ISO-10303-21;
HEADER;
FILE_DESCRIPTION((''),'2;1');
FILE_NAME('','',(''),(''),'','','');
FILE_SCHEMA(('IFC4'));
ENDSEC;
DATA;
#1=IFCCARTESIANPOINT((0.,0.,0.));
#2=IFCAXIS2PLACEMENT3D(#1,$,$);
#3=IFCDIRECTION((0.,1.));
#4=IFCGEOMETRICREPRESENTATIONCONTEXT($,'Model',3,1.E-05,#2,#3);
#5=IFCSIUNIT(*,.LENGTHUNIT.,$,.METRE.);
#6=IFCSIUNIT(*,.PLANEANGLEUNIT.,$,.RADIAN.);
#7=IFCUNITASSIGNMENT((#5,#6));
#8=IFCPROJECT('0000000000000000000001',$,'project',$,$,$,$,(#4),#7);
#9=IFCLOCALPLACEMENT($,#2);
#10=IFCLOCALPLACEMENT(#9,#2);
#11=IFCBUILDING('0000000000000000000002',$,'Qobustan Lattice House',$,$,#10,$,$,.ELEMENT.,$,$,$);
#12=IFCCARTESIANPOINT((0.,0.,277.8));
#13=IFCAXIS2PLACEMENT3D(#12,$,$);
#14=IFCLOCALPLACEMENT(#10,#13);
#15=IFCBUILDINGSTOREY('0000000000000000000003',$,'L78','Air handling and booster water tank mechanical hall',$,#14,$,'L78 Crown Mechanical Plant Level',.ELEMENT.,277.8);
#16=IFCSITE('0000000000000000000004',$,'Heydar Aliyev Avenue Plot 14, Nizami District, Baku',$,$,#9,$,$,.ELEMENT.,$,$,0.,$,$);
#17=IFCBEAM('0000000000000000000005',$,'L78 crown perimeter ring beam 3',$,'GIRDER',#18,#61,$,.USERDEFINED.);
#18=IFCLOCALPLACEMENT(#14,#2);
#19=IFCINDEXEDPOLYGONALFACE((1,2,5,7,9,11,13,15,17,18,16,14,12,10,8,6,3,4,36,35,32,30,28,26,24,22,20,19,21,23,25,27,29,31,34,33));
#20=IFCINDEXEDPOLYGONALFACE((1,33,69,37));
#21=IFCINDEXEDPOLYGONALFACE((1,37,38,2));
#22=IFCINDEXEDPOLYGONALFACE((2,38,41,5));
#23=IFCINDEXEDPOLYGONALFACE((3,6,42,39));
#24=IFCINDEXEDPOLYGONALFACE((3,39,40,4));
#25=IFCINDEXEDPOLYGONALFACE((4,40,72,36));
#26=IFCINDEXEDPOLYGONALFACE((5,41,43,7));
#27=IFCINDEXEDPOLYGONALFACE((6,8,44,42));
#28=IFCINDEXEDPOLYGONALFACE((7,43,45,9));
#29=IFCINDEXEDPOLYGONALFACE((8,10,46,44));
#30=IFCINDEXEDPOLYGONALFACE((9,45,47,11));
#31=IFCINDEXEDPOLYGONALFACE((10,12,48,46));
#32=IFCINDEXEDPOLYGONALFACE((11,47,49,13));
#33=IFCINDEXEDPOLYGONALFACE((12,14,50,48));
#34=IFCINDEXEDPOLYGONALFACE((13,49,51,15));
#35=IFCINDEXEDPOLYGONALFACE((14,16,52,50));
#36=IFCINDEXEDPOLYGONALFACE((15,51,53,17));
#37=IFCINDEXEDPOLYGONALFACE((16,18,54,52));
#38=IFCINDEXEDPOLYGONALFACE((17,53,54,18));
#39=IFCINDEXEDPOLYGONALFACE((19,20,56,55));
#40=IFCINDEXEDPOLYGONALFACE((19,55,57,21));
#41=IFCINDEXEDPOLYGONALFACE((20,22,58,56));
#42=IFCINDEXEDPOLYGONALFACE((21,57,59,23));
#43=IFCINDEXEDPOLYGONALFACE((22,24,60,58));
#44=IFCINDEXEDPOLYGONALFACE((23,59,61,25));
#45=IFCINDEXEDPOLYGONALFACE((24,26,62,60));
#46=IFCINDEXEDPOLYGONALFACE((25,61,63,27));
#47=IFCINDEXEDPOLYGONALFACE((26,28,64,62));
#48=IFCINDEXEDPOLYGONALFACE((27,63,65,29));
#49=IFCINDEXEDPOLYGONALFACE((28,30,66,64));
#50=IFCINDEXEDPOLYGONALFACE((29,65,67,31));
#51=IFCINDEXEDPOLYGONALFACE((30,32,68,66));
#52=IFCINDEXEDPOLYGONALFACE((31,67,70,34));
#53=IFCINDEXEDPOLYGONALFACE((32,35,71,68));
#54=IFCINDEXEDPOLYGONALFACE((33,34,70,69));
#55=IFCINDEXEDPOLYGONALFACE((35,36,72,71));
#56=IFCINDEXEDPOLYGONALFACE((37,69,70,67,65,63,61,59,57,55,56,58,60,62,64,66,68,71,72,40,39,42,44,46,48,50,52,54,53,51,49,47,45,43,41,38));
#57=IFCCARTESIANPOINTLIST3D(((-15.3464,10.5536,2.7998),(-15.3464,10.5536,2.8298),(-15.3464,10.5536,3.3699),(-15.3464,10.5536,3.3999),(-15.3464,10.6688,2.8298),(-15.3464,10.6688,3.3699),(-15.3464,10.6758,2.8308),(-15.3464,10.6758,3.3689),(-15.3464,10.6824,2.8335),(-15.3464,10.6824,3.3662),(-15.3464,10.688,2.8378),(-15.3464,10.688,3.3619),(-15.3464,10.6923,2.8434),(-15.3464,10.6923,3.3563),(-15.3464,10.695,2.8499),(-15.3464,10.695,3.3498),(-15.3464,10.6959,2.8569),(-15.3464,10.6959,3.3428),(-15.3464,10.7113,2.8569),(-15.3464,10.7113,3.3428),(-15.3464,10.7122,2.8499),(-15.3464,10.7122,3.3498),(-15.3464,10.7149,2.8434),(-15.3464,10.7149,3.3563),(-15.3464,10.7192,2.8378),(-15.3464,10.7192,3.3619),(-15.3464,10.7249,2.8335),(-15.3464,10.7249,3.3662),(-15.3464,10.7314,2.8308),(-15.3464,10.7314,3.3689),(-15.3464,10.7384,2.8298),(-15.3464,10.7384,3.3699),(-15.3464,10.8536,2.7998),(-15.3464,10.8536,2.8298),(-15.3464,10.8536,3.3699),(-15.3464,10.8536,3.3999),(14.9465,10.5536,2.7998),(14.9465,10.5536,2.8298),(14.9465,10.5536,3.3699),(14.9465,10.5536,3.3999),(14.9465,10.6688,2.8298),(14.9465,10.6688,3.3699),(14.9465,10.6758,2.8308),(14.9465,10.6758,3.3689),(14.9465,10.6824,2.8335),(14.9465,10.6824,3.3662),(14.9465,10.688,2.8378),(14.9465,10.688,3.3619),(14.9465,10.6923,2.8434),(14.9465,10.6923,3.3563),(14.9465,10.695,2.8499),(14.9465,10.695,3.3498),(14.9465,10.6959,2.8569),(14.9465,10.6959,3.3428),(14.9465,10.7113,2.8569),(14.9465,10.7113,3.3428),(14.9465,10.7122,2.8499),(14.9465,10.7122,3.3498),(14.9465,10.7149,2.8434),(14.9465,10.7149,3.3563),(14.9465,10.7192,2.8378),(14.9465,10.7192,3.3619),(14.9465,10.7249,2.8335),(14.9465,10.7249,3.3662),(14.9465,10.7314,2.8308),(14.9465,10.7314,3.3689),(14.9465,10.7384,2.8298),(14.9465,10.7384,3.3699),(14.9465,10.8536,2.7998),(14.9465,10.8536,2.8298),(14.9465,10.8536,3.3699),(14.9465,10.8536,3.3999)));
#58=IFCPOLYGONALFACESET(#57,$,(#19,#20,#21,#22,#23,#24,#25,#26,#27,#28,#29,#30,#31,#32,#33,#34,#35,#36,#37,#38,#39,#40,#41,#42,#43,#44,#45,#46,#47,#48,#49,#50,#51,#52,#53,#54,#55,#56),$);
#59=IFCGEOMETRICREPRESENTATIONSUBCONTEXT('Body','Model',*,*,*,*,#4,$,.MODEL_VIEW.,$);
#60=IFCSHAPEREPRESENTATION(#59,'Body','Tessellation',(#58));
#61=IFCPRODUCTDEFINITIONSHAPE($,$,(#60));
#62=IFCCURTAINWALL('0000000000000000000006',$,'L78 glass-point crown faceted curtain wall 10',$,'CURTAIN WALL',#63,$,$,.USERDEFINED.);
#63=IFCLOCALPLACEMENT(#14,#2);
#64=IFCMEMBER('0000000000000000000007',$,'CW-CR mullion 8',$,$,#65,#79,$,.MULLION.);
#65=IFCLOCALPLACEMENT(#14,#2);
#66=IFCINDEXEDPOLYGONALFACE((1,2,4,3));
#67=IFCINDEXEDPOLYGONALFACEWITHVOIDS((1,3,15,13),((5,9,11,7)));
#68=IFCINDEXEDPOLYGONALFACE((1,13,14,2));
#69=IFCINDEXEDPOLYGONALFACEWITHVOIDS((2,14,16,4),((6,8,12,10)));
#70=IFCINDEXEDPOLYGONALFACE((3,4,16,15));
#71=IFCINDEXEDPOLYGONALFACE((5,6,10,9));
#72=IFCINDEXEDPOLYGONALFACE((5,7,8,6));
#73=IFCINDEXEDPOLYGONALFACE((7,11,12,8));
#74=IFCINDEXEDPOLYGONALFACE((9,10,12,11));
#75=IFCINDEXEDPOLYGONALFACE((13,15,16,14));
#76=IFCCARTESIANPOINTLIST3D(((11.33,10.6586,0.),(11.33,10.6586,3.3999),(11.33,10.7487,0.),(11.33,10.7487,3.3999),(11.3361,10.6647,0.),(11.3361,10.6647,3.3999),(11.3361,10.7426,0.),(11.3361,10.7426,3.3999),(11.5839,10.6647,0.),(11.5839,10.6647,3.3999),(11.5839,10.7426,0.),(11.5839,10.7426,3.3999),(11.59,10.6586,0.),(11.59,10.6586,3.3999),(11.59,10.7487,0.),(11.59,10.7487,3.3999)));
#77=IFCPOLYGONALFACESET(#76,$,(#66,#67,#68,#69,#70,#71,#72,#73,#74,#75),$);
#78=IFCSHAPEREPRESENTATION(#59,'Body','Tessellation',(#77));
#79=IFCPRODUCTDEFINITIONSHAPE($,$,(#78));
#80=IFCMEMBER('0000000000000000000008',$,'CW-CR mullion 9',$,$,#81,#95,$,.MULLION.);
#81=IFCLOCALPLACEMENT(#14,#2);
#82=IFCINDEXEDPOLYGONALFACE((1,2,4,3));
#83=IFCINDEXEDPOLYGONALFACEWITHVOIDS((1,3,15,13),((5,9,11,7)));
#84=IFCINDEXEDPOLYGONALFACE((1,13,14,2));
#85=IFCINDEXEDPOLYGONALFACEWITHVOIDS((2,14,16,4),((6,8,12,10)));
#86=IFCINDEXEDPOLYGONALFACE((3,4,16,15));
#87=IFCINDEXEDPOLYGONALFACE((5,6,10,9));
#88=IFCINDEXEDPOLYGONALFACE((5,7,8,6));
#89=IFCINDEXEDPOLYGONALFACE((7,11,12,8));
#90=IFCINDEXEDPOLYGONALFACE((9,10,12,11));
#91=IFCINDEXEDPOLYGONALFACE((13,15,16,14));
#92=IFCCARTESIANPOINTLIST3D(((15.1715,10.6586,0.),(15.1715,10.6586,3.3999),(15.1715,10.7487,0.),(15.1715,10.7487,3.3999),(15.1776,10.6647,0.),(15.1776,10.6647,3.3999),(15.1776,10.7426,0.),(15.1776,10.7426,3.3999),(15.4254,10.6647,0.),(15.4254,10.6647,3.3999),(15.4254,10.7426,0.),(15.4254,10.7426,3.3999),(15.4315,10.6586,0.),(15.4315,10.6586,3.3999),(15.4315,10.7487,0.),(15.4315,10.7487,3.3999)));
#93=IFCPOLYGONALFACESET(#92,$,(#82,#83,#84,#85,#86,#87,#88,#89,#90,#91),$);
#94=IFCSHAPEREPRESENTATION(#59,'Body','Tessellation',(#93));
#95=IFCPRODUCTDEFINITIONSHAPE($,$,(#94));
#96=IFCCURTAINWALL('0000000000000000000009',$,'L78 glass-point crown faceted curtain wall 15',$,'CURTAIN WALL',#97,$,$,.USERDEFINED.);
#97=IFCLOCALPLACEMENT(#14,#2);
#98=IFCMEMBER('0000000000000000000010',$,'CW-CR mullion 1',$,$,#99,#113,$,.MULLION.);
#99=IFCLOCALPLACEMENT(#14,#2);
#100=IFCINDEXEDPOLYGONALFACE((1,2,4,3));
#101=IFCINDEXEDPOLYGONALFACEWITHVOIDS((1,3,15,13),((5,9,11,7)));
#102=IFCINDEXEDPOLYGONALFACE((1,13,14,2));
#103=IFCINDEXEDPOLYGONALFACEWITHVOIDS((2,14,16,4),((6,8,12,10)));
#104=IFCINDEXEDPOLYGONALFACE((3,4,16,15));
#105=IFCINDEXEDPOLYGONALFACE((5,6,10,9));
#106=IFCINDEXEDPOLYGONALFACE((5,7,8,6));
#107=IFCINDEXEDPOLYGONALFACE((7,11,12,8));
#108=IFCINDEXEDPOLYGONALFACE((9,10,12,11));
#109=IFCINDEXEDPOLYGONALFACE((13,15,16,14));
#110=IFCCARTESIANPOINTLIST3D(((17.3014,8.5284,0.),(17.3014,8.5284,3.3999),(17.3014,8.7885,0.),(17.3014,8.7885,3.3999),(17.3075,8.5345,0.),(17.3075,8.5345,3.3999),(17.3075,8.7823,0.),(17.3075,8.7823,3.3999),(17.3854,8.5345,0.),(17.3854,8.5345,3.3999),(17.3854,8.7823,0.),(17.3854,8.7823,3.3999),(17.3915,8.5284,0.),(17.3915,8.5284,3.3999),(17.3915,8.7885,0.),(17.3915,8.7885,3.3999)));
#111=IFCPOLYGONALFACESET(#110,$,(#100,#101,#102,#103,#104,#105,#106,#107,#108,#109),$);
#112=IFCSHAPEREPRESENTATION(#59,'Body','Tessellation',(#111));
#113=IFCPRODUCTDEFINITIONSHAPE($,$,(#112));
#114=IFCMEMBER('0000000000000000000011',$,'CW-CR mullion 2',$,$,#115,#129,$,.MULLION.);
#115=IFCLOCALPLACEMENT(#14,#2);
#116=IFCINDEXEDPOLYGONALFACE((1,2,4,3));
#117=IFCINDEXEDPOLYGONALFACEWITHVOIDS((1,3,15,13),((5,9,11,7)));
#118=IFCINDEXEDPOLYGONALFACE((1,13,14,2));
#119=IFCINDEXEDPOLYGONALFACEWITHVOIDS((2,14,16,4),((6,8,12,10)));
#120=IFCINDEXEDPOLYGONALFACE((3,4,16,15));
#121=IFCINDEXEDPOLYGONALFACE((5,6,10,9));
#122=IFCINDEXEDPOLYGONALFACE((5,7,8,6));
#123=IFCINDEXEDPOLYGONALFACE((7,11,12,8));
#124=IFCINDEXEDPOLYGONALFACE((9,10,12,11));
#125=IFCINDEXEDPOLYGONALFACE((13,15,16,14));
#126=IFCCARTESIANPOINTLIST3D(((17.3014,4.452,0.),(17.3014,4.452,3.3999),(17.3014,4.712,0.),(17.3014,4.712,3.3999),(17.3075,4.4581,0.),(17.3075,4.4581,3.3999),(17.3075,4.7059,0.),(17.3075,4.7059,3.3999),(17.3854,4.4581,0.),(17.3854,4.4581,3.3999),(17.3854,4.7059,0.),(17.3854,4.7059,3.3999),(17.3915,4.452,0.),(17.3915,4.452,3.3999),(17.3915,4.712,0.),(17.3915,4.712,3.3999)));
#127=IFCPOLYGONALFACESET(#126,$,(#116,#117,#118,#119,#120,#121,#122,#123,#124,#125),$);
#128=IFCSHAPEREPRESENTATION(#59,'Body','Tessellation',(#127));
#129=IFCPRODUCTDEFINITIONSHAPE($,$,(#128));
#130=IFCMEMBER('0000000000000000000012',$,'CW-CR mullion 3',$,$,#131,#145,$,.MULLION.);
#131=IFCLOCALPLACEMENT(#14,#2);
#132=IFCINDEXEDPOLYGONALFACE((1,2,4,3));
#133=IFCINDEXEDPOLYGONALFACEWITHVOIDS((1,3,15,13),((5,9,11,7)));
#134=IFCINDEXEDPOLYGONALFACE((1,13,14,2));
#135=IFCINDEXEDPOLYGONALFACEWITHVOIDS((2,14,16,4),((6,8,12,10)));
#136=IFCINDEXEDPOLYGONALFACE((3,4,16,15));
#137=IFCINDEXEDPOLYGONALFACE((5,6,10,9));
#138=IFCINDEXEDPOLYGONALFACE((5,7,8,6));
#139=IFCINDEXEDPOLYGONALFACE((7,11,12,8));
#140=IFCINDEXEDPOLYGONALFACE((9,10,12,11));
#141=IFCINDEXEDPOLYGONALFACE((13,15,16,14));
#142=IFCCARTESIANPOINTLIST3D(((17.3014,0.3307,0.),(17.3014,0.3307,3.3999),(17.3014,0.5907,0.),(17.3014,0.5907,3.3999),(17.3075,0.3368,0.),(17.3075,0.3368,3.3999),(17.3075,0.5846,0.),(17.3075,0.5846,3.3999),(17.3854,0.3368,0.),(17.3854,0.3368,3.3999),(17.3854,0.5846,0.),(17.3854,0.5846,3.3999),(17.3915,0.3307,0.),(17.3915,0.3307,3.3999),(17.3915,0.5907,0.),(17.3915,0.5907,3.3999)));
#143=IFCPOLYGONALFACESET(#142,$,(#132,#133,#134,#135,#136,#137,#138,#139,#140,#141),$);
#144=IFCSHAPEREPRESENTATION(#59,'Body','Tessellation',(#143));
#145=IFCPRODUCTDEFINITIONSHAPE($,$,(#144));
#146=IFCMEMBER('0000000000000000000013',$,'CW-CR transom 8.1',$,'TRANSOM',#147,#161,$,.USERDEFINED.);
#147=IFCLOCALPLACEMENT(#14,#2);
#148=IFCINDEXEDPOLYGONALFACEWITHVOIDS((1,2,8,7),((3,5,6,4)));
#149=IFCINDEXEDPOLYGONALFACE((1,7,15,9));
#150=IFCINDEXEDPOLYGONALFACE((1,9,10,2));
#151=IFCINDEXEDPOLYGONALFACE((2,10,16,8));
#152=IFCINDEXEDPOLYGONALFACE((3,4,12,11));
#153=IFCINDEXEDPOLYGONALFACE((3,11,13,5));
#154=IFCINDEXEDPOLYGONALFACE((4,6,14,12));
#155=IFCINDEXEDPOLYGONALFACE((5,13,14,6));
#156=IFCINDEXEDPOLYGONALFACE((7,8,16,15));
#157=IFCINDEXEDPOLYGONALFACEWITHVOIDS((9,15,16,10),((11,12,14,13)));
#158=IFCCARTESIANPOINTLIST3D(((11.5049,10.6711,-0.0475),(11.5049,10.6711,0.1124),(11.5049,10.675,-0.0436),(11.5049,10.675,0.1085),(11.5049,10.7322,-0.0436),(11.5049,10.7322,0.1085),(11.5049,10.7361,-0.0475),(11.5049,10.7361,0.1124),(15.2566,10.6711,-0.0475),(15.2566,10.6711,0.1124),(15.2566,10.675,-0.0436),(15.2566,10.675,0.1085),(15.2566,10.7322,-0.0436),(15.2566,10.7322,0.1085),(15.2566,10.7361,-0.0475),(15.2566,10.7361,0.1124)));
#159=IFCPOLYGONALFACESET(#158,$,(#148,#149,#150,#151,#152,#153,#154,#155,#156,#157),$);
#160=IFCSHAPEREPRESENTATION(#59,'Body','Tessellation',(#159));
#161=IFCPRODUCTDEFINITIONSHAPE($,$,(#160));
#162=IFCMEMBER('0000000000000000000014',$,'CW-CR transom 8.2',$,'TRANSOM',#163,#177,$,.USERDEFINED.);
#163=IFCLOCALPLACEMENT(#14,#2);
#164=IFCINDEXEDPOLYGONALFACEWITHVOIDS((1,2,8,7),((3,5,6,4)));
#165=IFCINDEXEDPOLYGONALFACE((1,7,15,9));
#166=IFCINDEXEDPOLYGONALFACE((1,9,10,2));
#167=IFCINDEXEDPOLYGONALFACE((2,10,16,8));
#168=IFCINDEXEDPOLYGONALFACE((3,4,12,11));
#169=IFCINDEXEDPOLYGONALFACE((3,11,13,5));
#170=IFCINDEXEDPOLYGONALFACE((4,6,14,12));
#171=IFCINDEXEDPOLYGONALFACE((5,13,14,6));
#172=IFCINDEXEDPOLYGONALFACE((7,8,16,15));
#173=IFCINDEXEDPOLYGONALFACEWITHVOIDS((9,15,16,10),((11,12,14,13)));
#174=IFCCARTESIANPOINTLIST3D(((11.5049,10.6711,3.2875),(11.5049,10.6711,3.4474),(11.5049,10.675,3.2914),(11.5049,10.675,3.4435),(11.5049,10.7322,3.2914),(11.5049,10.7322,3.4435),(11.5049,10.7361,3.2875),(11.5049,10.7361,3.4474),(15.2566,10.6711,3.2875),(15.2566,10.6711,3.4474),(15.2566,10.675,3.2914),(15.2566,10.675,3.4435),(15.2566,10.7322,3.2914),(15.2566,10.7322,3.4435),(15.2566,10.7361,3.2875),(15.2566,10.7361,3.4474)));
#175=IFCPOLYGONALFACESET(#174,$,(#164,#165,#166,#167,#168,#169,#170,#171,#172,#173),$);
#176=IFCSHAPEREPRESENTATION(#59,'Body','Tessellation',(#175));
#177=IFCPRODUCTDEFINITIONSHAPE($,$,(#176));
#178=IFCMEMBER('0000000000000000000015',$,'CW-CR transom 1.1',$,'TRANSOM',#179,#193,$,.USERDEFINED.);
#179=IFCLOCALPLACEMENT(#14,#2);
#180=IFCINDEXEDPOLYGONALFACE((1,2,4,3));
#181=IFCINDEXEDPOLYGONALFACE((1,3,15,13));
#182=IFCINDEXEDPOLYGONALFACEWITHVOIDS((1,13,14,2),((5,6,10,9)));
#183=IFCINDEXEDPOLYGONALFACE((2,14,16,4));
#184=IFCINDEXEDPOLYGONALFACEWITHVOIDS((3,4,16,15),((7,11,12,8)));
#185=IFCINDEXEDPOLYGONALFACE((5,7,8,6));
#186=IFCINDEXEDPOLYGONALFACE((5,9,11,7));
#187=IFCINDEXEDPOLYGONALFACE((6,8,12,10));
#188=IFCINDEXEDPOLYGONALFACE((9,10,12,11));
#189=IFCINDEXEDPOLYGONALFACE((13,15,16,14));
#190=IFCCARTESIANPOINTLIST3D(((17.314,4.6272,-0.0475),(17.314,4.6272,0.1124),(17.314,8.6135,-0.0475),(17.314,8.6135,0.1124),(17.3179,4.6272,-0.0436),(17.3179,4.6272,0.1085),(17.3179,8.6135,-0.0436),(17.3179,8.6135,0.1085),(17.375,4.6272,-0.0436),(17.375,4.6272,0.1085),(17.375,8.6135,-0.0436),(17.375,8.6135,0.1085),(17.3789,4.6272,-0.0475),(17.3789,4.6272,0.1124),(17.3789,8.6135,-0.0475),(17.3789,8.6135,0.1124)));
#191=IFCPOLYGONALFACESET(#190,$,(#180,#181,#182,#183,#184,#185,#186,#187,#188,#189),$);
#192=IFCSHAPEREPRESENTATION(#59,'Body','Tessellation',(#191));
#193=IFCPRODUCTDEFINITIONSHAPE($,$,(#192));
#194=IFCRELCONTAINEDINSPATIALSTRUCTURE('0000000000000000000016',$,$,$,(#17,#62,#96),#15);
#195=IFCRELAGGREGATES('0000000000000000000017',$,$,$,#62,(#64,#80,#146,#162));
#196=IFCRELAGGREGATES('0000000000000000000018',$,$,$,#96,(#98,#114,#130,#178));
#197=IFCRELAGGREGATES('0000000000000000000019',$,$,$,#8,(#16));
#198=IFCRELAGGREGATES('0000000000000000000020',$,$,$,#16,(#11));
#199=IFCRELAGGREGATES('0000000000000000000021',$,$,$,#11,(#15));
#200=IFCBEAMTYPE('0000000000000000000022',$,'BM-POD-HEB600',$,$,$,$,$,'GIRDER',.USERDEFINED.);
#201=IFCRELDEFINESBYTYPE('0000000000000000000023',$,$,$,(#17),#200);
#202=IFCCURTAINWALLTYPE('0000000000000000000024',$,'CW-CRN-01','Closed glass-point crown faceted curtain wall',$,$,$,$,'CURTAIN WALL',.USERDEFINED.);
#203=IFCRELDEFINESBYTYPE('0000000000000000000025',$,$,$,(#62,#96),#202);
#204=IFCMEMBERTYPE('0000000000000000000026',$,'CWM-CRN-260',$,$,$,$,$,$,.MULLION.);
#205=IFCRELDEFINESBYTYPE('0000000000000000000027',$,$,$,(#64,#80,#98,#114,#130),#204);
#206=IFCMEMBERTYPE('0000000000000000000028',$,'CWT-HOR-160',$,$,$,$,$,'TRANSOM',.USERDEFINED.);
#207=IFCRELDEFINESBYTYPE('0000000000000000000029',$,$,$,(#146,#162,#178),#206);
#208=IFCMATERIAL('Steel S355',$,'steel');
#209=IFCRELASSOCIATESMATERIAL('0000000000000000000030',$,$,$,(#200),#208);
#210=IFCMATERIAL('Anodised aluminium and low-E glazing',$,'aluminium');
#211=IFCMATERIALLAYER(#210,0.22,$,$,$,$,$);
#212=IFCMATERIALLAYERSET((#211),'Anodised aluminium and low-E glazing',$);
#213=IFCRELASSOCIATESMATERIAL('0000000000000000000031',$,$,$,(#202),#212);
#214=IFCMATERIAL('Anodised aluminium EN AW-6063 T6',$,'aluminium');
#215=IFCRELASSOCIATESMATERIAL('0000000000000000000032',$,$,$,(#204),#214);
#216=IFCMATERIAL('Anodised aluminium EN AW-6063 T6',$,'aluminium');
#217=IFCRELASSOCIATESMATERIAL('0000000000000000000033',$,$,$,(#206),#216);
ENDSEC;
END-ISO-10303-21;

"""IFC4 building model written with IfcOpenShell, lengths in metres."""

from ifc_helpers import new_model, si_unit, direction, frame, origin, origin_2d, place, context, subcontext, project, spatial, hollow_rectangle, i_section, extrude, material, layer, layer_set, material_profile, profile_set, type_object, element, aggregate, save


model = new_model("IFC4")

# Units and contexts
model_context = context("Model", 3, precision=1e-05, world=origin(), true_north=direction((0.0, 1.0)))
body_context = subcontext(model_context, "Body", "Model", "MODEL_VIEW")
ifc_project = project(units=[si_unit("LENGTHUNIT", "METRE"), si_unit("PLANEANGLEUNIT", "RADIAN")], contexts=[model_context])

# Site, building, storey
site_placement = place(None, origin())
site = spatial("IfcSite", under=ifc_project, at=site_placement, Name="Heydar Aliyev Avenue Plot 14, Nizami District, Baku", CompositionType="ELEMENT", RefElevation=0.0)
building_placement = place(site_placement, origin())
building = spatial("IfcBuilding", under=site, at=building_placement, Name="Qobustan Lattice House", CompositionType="ELEMENT")
storey_placement = place(building_placement, frame((0.0, 0.0, 277.8)))
storey = spatial("IfcBuildingStorey", under=building, at=storey_placement, Name="L78", Description="Air handling and booster water tank mechanical hall", LongName="L78 Crown Mechanical Plant Level", CompositionType="ELEMENT", Elevation=277.8)

# Beam
ifc_material_1 = material(Name="Steel S355", Category="steel")
ifc_material_profile_1 = material_profile(ifc_material_1, i_section(OverallWidth=0.3, OverallDepth=0.6001, WebThickness=0.0154, FlangeThickness=0.03, FilletRadius=0.0271, at=origin_2d()), Name="HEB600")
ifc_profile_set_1 = profile_set([ifc_material_profile_1], Name="Steel S355")
beam_type = type_object("IfcBeamType", Name="BM-POD-HEB600", ElementType="GIRDER", PredefinedType="USERDEFINED", material=ifc_profile_set_1)
beam_placement = place(storey_placement, frame((14.9465, 10.7036, 3.0999), z_axis=(-1.0, 0.0, 0.0), x_axis=(0.0, -1.0, 0.0)))
element("IfcBeam", 1, at=beam_placement, inside=storey, type_object=beam_type, Name="L78 crown perimeter ring beam 3", ObjectType="GIRDER", PredefinedType="USERDEFINED", context=body_context, shape_type="SweptSolid", body=[
    extrude(i_section(OverallWidth=0.3, OverallDepth=0.6001, WebThickness=0.0154, FlangeThickness=0.03, FilletRadius=0.0271, at=origin_2d()), origin(), (0.0, 0.0, 1.0), 30.293),
])

# Curtain walls, members
ifc_material_2 = material(Name="Anodised aluminium and low-E glazing", Category="aluminium")
ifc_layer_1 = layer(ifc_material_2, 0.22)
ifc_layer_set_1 = layer_set([ifc_layer_1], Name="Anodised aluminium and low-E glazing")
curtain_wall_type = type_object("IfcCurtainWallType", Name="CW-CRN-01", Description="Closed glass-point crown faceted curtain wall", ElementType="CURTAIN WALL", PredefinedType="USERDEFINED", material=ifc_layer_set_1)
curtain_wall_1_placement = place(storey_placement, origin())
curtain_wall_1 = element("IfcCurtainWall", 2, at=curtain_wall_1_placement, inside=storey, type_object=curtain_wall_type, Name="L78 glass-point crown faceted curtain wall 10", ObjectType="CURTAIN WALL", PredefinedType="USERDEFINED")
ifc_material_3 = material(Name="Anodised aluminium EN AW-6063 T6", Category="aluminium")
ifc_material_profile_2 = material_profile(ifc_material_3, hollow_rectangle(XDim=0.0901, YDim=0.26, WallThickness=0.0061, at=origin_2d()), Name="CWM-CROWN-260x90")
ifc_profile_set_2 = profile_set([ifc_material_profile_2], Name="Anodised aluminium EN AW-6063 T6")
member_type_1 = type_object("IfcMemberType", Name="CWM-CRN-260", PredefinedType="MULLION", material=ifc_profile_set_2)
member_1_placement = place(storey_placement, frame((11.46, 10.7036, 0.0), z_axis=(0.0, 0.0, 1.0), x_axis=(0.0, 1.0, 0.0)))
member_1 = element("IfcMember", 3, at=member_1_placement, type_object=member_type_1, Name="CW-CR mullion 8", PredefinedType="MULLION", context=body_context, shape_type="SweptSolid", body=[
    extrude(hollow_rectangle(XDim=0.0901, YDim=0.26, WallThickness=0.0061, at=origin_2d()), origin(), (0.0, 0.0, 1.0), 3.3999),
])
member_2_placement = place(storey_placement, frame((15.3015, 10.7036, 0.0), z_axis=(0.0, 0.0, 1.0), x_axis=(0.0, 1.0, 0.0)))
member_2 = element("IfcMember", 4, at=member_2_placement, type_object=member_type_1, Name="CW-CR mullion 9", PredefinedType="MULLION", context=body_context, shape_type="SweptSolid", body=[
    extrude(hollow_rectangle(XDim=0.0901, YDim=0.26, WallThickness=0.0061, at=origin_2d()), origin(), (0.0, 0.0, 1.0), 3.3999),
])
curtain_wall_2_placement = place(storey_placement, origin())
curtain_wall_2 = element("IfcCurtainWall", 5, at=curtain_wall_2_placement, inside=storey, type_object=curtain_wall_type, Name="L78 glass-point crown faceted curtain wall 15", ObjectType="CURTAIN WALL", PredefinedType="USERDEFINED")
member_3_placement = place(storey_placement, frame((17.3464, 8.6584, 0.0), z_axis=(0.0, 0.0, 1.0), x_axis=(1.0, 0.0, 0.0)))
member_3 = element("IfcMember", 6, at=member_3_placement, type_object=member_type_1, Name="CW-CR mullion 1", PredefinedType="MULLION", context=body_context, shape_type="SweptSolid", body=[
    extrude(hollow_rectangle(XDim=0.0901, YDim=0.26, WallThickness=0.0061, at=origin_2d()), origin(), (0.0, 0.0, 1.0), 3.3999),
])
member_4_placement = place(storey_placement, frame((17.3464, 4.582, 0.0), z_axis=(0.0, 0.0, 1.0), x_axis=(1.0, 0.0, 0.0)))
member_4 = element("IfcMember", 7, at=member_4_placement, type_object=member_type_1, Name="CW-CR mullion 2", PredefinedType="MULLION", context=body_context, shape_type="SweptSolid", body=[
    extrude(hollow_rectangle(XDim=0.0901, YDim=0.26, WallThickness=0.0061, at=origin_2d()), origin(), (0.0, 0.0, 1.0), 3.3999),
])
member_5_placement = place(storey_placement, frame((17.3464, 0.4607, 0.0), z_axis=(0.0, 0.0, 1.0), x_axis=(1.0, 0.0, 0.0)))
member_5 = element("IfcMember", 8, at=member_5_placement, type_object=member_type_1, Name="CW-CR mullion 3", PredefinedType="MULLION", context=body_context, shape_type="SweptSolid", body=[
    extrude(hollow_rectangle(XDim=0.0901, YDim=0.26, WallThickness=0.0061, at=origin_2d()), origin(), (0.0, 0.0, 1.0), 3.3999),
])

# Members
ifc_material_4 = material(Name="Anodised aluminium EN AW-6063 T6", Category="aluminium")
ifc_material_profile_3 = material_profile(ifc_material_4, hollow_rectangle(XDim=0.0649, YDim=0.1599, WallThickness=0.0039, at=origin_2d()), Name="CWT-160x65")
ifc_profile_set_3 = profile_set([ifc_material_profile_3], Name="Anodised aluminium EN AW-6063 T6")
member_type_2 = type_object("IfcMemberType", Name="CWT-HOR-160", ElementType="TRANSOM", PredefinedType="USERDEFINED", material=ifc_profile_set_3)
member_6_placement = place(storey_placement, frame((11.5049, 10.7036, 0.0325), z_axis=(1.0, 0.0, 0.0), x_axis=(0.0, 1.0, 0.0)))
member_6 = element("IfcMember", 9, at=member_6_placement, type_object=member_type_2, Name="CW-CR transom 8.1", ObjectType="TRANSOM", PredefinedType="USERDEFINED", context=body_context, shape_type="SweptSolid", body=[
    extrude(hollow_rectangle(XDim=0.0649, YDim=0.1599, WallThickness=0.0039, at=origin_2d()), origin(), (0.0, 0.0, 1.0), 3.7517),
])
member_7_placement = place(storey_placement, frame((11.5049, 10.7036, 3.3674), z_axis=(1.0, 0.0, 0.0), x_axis=(0.0, 1.0, 0.0)))
member_7 = element("IfcMember", 10, at=member_7_placement, type_object=member_type_2, Name="CW-CR transom 8.2", ObjectType="TRANSOM", PredefinedType="USERDEFINED", context=body_context, shape_type="SweptSolid", body=[
    extrude(hollow_rectangle(XDim=0.0649, YDim=0.1599, WallThickness=0.0039, at=origin_2d()), origin(), (0.0, 0.0, 1.0), 3.7517),
])
member_8_placement = place(storey_placement, frame((17.3464, 8.6135, 0.0325), z_axis=(0.0, -1.0, 0.0), x_axis=(1.0, 0.0, 0.0)))
member_8 = element("IfcMember", 11, at=member_8_placement, type_object=member_type_2, Name="CW-CR transom 1.1", ObjectType="TRANSOM", PredefinedType="USERDEFINED", context=body_context, shape_type="SweptSolid", body=[
    extrude(hollow_rectangle(XDim=0.0649, YDim=0.1599, WallThickness=0.0039, at=origin_2d()), origin(), (0.0, 0.0, 1.0), 3.9863),
])

aggregate(curtain_wall_1, [member_1, member_2, member_6, member_7])
aggregate(curtain_wall_2, [member_3, member_4, member_5, member_8])

save(model, "model.ifc")
